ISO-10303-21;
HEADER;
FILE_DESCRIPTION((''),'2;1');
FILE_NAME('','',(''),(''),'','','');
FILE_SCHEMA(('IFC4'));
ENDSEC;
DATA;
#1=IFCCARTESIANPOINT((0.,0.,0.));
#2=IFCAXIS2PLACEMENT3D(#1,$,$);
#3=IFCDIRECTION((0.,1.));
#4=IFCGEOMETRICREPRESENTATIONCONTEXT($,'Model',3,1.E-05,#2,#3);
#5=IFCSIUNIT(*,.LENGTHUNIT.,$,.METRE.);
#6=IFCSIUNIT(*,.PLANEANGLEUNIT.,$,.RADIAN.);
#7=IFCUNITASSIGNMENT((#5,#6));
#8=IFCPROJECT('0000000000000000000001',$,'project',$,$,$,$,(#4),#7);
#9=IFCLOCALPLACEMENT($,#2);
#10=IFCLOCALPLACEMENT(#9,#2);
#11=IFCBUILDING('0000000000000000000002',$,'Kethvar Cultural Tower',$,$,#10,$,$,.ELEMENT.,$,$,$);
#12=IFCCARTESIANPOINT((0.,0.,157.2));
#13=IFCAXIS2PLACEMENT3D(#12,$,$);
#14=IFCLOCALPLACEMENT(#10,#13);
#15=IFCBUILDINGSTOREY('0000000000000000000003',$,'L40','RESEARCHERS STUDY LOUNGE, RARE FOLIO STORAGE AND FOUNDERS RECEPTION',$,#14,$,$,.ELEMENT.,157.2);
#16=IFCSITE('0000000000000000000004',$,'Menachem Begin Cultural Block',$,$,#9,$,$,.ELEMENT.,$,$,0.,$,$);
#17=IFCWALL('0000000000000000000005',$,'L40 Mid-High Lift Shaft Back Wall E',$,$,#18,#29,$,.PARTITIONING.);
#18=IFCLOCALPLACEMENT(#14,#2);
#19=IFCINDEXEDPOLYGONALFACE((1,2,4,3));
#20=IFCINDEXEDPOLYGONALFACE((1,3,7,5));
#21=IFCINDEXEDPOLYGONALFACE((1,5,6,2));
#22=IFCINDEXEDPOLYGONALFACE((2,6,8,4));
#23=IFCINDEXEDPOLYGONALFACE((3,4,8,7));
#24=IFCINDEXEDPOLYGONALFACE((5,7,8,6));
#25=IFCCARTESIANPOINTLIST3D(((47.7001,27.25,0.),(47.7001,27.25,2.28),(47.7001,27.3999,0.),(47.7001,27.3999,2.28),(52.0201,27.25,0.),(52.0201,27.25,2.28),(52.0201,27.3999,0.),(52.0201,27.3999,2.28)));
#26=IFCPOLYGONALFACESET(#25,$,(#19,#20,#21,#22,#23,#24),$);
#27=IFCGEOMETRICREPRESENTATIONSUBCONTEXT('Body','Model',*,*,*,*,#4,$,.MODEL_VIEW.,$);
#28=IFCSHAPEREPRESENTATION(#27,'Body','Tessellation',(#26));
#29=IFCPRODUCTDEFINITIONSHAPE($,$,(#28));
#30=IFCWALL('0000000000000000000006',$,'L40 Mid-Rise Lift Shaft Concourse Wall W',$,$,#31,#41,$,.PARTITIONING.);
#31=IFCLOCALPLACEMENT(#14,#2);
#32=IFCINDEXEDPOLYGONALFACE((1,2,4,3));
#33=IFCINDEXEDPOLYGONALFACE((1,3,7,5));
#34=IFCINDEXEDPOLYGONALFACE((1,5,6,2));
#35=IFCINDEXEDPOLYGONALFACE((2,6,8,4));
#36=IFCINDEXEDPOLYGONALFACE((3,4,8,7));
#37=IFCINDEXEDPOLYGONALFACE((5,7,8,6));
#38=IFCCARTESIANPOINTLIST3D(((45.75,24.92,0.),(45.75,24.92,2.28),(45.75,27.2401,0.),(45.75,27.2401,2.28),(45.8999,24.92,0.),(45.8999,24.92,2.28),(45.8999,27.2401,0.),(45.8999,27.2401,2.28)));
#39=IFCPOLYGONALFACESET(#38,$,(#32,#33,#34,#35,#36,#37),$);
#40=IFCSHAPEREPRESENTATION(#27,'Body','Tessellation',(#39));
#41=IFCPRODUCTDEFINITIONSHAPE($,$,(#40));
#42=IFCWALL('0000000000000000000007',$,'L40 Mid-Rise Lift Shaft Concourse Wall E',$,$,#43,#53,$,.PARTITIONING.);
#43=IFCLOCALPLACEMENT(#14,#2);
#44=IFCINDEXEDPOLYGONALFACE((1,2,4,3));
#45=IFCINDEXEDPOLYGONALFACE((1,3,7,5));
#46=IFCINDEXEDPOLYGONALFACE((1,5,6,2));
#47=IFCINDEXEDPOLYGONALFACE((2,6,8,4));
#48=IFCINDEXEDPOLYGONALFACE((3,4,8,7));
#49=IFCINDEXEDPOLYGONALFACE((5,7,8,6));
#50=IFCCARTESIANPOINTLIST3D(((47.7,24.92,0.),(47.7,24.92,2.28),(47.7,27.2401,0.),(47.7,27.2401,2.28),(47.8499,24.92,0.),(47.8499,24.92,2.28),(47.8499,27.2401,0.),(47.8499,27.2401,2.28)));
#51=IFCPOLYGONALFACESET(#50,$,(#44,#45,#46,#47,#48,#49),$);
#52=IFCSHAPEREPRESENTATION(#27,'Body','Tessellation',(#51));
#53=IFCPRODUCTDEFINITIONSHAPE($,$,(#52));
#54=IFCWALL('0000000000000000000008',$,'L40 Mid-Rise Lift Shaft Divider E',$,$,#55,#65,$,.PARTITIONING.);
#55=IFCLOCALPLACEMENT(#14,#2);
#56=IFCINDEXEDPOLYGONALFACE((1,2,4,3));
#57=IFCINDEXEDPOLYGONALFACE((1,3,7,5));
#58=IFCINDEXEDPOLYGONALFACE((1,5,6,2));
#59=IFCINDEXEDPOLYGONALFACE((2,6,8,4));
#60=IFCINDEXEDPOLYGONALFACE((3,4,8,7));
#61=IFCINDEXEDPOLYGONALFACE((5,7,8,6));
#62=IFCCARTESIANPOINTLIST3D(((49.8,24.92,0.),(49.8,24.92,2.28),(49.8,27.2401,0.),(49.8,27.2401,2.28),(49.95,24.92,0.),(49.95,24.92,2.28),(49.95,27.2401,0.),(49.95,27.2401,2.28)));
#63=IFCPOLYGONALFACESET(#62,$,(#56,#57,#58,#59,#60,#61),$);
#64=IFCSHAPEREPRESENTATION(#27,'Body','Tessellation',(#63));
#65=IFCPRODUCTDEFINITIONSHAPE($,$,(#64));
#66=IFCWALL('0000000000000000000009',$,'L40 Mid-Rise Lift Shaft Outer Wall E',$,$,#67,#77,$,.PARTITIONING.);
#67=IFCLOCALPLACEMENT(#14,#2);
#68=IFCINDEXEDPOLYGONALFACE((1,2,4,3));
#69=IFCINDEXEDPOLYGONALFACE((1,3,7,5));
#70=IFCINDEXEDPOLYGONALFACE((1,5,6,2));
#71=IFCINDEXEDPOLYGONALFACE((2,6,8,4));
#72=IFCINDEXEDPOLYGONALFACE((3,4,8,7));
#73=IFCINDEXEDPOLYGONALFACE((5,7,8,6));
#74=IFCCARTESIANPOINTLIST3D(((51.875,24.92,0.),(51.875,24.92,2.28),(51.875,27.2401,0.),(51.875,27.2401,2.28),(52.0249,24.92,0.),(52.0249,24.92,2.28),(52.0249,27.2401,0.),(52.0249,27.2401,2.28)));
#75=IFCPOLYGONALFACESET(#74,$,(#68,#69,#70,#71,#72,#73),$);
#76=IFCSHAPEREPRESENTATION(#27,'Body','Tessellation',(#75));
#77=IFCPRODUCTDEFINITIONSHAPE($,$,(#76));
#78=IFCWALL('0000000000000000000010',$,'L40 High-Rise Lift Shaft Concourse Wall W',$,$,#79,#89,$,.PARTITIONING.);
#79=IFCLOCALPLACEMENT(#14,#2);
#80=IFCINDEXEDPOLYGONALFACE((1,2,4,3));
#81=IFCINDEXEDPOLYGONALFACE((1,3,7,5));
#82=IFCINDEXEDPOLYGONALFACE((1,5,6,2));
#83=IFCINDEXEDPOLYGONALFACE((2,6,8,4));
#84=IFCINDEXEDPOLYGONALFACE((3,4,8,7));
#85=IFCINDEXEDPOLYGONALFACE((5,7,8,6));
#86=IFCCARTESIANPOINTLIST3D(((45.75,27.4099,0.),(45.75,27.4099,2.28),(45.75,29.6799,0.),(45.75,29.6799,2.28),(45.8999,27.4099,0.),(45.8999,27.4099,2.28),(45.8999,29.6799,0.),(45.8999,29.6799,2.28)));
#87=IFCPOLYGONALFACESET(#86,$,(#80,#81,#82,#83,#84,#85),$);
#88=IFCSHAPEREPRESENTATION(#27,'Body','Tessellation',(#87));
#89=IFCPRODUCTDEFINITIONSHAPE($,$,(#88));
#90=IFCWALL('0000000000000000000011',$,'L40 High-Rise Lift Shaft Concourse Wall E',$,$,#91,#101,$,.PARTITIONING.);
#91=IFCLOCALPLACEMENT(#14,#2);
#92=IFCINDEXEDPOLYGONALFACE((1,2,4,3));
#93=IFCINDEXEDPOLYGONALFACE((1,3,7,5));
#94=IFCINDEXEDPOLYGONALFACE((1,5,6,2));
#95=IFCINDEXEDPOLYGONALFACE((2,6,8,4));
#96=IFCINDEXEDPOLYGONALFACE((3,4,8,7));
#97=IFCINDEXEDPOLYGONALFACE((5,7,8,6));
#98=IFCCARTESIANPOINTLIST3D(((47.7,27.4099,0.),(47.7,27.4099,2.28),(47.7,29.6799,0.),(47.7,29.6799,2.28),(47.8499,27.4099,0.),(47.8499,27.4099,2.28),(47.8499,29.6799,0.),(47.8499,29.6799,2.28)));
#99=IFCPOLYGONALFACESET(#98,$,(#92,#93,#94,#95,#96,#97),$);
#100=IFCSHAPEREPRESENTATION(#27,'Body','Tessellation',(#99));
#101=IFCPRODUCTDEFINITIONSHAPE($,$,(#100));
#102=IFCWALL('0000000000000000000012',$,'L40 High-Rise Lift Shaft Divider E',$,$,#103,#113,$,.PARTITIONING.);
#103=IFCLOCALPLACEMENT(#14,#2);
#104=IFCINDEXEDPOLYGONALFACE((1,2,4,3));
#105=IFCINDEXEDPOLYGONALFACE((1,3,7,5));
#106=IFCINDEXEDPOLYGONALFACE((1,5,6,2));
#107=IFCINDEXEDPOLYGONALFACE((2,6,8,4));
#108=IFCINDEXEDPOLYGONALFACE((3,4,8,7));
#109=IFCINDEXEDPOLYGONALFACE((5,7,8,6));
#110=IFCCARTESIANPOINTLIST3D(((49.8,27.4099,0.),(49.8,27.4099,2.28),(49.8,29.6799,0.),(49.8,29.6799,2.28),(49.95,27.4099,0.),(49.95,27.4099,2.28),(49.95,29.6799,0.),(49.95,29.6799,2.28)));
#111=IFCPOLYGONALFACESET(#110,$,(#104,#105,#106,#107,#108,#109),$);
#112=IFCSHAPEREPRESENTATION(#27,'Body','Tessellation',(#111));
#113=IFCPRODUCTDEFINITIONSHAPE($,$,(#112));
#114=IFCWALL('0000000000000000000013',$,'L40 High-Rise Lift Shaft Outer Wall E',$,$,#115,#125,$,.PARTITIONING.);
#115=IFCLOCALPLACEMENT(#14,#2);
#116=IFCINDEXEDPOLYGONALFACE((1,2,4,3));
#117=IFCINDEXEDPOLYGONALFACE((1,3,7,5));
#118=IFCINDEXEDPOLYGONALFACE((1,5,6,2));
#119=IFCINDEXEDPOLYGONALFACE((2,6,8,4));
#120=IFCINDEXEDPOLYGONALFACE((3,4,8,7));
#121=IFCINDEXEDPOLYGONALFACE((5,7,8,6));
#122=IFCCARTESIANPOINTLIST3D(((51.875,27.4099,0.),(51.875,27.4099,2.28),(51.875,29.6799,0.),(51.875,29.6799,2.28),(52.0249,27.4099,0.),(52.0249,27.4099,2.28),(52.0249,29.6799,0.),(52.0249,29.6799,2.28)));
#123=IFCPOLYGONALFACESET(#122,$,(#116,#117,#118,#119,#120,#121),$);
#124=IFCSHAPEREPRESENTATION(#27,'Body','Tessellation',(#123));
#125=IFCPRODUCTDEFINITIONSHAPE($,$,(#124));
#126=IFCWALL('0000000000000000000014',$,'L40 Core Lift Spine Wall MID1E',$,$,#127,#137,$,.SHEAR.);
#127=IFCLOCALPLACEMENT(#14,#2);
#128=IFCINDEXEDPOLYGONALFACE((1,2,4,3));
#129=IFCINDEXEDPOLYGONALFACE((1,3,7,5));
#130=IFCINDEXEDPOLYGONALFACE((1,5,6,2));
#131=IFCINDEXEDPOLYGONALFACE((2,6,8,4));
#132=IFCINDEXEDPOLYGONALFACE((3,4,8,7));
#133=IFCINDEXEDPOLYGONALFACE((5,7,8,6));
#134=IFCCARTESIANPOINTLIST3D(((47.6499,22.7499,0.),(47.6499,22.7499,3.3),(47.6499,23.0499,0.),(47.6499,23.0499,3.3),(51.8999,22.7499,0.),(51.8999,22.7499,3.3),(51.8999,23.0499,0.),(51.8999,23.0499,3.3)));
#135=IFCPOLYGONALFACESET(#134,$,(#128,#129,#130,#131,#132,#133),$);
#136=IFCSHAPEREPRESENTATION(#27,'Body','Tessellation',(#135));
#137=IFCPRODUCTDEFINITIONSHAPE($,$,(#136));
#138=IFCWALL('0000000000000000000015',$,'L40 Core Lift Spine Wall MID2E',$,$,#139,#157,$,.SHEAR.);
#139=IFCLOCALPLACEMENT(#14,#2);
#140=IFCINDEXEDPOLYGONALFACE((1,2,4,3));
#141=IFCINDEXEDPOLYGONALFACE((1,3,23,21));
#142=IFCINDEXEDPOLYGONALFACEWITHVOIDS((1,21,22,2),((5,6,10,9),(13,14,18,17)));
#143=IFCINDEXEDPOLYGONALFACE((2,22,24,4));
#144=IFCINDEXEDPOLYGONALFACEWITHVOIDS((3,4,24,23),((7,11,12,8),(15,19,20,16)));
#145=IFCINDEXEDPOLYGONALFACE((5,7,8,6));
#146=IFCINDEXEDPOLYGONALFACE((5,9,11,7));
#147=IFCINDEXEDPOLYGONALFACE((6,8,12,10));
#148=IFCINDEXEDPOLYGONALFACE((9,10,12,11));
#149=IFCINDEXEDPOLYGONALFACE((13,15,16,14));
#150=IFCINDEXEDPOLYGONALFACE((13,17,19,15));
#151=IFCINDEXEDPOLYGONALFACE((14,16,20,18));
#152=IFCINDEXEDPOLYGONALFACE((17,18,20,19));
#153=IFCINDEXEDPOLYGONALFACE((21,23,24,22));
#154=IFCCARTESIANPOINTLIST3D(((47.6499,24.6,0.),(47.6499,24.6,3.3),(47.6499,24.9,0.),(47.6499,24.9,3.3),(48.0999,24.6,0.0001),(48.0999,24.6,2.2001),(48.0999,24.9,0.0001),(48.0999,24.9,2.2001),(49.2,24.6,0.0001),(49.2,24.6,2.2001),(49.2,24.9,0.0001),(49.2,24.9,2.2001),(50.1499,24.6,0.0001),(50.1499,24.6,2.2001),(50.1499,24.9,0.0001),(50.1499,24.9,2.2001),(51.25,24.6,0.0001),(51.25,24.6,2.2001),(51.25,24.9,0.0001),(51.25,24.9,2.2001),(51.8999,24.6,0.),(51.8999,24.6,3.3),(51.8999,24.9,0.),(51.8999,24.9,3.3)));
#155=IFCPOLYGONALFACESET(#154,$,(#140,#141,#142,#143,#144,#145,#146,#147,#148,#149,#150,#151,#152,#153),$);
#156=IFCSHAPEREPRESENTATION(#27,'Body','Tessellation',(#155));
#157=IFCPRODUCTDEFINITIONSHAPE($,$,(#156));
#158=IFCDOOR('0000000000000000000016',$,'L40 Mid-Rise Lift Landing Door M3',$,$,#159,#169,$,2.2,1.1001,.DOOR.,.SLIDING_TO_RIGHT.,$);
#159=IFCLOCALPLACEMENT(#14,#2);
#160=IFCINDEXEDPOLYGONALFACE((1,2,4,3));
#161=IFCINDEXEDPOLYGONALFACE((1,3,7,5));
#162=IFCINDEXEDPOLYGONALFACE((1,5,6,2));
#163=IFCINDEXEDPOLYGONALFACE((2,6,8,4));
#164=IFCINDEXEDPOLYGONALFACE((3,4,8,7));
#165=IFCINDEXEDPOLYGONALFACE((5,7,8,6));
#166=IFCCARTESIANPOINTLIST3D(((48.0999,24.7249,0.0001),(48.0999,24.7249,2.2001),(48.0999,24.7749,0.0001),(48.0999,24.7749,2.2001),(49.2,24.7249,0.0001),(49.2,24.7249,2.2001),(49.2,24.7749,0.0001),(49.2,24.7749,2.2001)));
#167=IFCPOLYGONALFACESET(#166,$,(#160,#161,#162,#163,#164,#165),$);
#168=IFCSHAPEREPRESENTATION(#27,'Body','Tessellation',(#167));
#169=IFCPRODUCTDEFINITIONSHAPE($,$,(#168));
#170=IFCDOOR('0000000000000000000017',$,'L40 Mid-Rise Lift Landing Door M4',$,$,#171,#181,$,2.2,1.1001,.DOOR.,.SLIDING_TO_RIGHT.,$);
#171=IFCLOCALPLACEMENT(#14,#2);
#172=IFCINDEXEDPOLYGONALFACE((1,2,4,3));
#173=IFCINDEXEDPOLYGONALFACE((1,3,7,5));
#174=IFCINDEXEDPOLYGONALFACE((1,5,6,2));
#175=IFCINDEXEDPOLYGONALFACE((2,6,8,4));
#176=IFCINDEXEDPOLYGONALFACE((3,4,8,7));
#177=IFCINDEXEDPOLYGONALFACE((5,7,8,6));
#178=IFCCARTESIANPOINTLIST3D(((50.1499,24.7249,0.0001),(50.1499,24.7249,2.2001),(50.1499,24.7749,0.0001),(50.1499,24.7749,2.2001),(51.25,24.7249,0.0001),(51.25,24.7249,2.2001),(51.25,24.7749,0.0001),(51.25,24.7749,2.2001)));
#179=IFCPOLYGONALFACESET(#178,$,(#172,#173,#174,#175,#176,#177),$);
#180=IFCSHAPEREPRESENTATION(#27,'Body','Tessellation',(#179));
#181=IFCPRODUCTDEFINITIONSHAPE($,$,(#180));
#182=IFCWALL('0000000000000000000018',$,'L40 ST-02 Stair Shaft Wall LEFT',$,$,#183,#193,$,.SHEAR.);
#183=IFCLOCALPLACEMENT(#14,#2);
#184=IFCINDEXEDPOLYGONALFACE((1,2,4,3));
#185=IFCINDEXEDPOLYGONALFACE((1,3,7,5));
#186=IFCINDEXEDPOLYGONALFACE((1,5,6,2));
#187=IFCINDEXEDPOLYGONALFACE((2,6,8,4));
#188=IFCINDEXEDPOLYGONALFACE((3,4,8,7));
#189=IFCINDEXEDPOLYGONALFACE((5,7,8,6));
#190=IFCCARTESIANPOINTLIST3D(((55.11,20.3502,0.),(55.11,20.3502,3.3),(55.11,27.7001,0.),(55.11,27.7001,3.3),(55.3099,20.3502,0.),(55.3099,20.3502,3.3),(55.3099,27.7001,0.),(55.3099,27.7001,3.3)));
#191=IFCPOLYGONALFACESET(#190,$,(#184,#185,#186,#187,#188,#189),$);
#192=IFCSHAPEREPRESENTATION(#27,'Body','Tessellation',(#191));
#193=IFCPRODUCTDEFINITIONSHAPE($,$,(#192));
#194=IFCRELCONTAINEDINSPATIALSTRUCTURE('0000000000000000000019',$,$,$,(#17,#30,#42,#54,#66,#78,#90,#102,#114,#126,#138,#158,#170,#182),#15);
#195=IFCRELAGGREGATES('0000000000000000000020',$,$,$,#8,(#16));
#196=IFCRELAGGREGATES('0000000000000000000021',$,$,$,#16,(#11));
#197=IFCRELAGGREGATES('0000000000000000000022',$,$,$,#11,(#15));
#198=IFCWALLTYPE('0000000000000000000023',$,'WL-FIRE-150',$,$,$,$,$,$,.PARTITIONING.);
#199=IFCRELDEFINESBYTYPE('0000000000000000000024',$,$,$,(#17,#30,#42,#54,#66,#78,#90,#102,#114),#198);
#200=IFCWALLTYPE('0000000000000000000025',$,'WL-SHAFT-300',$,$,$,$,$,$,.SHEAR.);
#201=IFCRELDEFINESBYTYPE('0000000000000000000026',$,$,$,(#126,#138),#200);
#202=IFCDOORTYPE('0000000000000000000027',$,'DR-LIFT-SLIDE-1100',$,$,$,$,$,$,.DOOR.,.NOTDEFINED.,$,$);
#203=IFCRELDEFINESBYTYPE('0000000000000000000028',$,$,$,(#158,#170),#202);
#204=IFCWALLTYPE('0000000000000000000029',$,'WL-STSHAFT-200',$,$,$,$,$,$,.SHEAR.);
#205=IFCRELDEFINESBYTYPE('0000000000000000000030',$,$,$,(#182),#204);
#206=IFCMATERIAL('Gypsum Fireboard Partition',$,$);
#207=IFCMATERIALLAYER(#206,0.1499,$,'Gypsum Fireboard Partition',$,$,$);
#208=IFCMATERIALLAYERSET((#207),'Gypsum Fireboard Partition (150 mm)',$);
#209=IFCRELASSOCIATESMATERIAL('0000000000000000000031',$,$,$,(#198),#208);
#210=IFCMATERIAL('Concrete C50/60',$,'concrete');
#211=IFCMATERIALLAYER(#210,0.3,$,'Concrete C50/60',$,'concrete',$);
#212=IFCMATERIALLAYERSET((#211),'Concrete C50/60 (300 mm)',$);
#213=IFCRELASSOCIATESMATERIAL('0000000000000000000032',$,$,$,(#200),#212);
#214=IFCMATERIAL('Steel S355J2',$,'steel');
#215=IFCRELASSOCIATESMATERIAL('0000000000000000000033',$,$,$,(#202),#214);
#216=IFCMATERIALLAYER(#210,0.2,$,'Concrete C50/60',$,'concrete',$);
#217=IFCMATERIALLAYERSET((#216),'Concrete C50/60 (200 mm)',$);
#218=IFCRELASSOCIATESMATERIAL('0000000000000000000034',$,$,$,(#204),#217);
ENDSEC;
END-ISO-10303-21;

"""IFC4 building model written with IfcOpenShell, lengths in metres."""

from ifc_helpers import new_model, si_unit, direction, frame, frame_2d, origin, place, context, subcontext, project, spatial, rectangle, extrude, source, transform, mapped, material, layer, layer_set, type_object, element, fill, save


model = new_model("IFC4")

# Units and contexts
model_context = context("Model", 3, precision=1e-05, world=origin(), true_north=direction((0.0, 1.0)))
body_context = subcontext(model_context, "Body", "Model", "MODEL_VIEW")
ifc_project = project(units=[si_unit("LENGTHUNIT", "METRE"), si_unit("PLANEANGLEUNIT", "RADIAN")], contexts=[model_context])

# Site, building, storey
site_placement = place(None, origin())
site = spatial("IfcSite", under=ifc_project, at=site_placement, Name="Menachem Begin Cultural Block", CompositionType="ELEMENT", RefElevation=0.0)
building_placement = place(site_placement, origin())
building = spatial("IfcBuilding", under=site, at=building_placement, Name="Kethvar Cultural Tower", CompositionType="ELEMENT")
storey_placement = place(building_placement, frame((0.0, 0.0, 157.2)))
storey = spatial("IfcBuildingStorey", under=building, at=storey_placement, Name="L40", Description="RESEARCHERS STUDY LOUNGE, RARE FOLIO STORAGE AND FOUNDERS RECEPTION", CompositionType="ELEMENT", Elevation=157.2)

# Shared definitions
ifc_material_1 = material(Name="Steel S355J2", Category="steel")

# Walls
ifc_material_2 = material(Name="Gypsum Fireboard Partition")
ifc_layer_1 = layer(ifc_material_2, 0.1499, Name="Gypsum Fireboard Partition")
ifc_layer_set_1 = layer_set([ifc_layer_1], Name="Gypsum Fireboard Partition (150 mm)")
wall_type_1 = type_object("IfcWallType", Name="WL-FIRE-150", PredefinedType="PARTITIONING", material=ifc_layer_set_1)
wall_1_placement = place(storey_placement, frame((47.7, 27.325, 0.0), z_axis=(0.0, 0.0, 1.0), x_axis=(1.0, 0.0, 0.0)))
element("IfcWall", 1, at=wall_1_placement, inside=storey, type_object=wall_type_1, Name="L40 Mid-High Lift Shaft Back Wall E", PredefinedType="PARTITIONING", context=body_context, shape_type="SweptSolid", body=[
    extrude(rectangle(XDim=4.3201, YDim=0.1499, at=frame_2d((2.1602, 0.0))), origin(), (0.0, 0.0, 1.0), 2.28),
])
for number, where, z_axis, x_axis, name in (
    (2, (45.825, 24.9199, 0.0), (0.0, 0.0, 1.0), (0.0, 1.0, 0.0), "L40 Mid-Rise Lift Shaft Concourse Wall W"),
    (3, (47.7749, 24.9199, 0.0), (0.0, 0.0, 1.0), (0.0, 1.0, 0.0), "L40 Mid-Rise Lift Shaft Concourse Wall E"),
    (4, (49.875, 24.9199, 0.0), (0.0, 0.0, 1.0), (0.0, 1.0, 0.0), "L40 Mid-Rise Lift Shaft Divider E"),
    (5, (51.95, 24.9199, 0.0), (0.0, 0.0, 1.0), (0.0, 1.0, 0.0), "L40 Mid-Rise Lift Shaft Outer Wall E"),
):
    element("IfcWall", number, at=place(storey_placement, frame(where, z_axis=z_axis, x_axis=x_axis)), inside=storey, type_object=wall_type_1, Name=name, PredefinedType="PARTITIONING", context=body_context, shape_type="SweptSolid", body=[
        extrude(rectangle(XDim=2.3201, YDim=0.1499, at=frame_2d((1.1602, 0.0))), origin(), (0.0, 0.0, 1.0), 2.28),
    ])
for number, where, z_axis, x_axis, name in (
    (6, (45.825, 27.4099, 0.0), (0.0, 0.0, 1.0), (0.0, 1.0, 0.0), "L40 High-Rise Lift Shaft Concourse Wall W"),
    (7, (47.7749, 27.4099, 0.0), (0.0, 0.0, 1.0), (0.0, 1.0, 0.0), "L40 High-Rise Lift Shaft Concourse Wall E"),
    (8, (49.875, 27.4099, 0.0), (0.0, 0.0, 1.0), (0.0, 1.0, 0.0), "L40 High-Rise Lift Shaft Divider E"),
    (9, (51.95, 27.4099, 0.0), (0.0, 0.0, 1.0), (0.0, 1.0, 0.0), "L40 High-Rise Lift Shaft Outer Wall E"),
):
    element("IfcWall", number, at=place(storey_placement, frame(where, z_axis=z_axis, x_axis=x_axis)), inside=storey, type_object=wall_type_1, Name=name, PredefinedType="PARTITIONING", context=body_context, shape_type="SweptSolid", body=[
        extrude(rectangle(XDim=2.27, YDim=0.1499, at=frame_2d((1.135, 0.0))), origin(), (0.0, 0.0, 1.0), 2.28),
    ])
ifc_material_3 = material(Name="Concrete C50/60", Category="concrete")
ifc_layer_2 = layer(ifc_material_3, 0.3, Name="Concrete C50/60", Category="concrete")
ifc_layer_set_2 = layer_set([ifc_layer_2], Name="Concrete C50/60 (300 mm)")
wall_type_2 = type_object("IfcWallType", Name="WL-SHAFT-300", PredefinedType="SHEAR", material=ifc_layer_set_2)
wall_2_placement = place(storey_placement, frame((47.6499, 22.8999, 0.0), z_axis=(0.0, 0.0, 1.0), x_axis=(1.0, 0.0, 0.0)))
element("IfcWall", 10, at=wall_2_placement, inside=storey, type_object=wall_type_2, Name="L40 Core Lift Spine Wall MID1E", PredefinedType="SHEAR", context=body_context, shape_type="SweptSolid", body=[
    extrude(rectangle(XDim=4.25, YDim=0.3, at=frame_2d((2.125, 0.0))), origin(), (0.0, 0.0, 1.0), 3.3),
])

# Wall, openings, doors
wall_3_placement = place(storey_placement, frame((47.6499, 24.75, 0.0), z_axis=(0.0, 0.0, 1.0), x_axis=(1.0, 0.0, 0.0)))
wall_3 = element("IfcWall", 11, at=wall_3_placement, inside=storey, type_object=wall_type_2, Name="L40 Core Lift Spine Wall MID2E", PredefinedType="SHEAR", context=body_context, shape_type="SweptSolid", body=[
    extrude(rectangle(XDim=4.25, YDim=0.3, at=frame_2d((2.125, 0.0))), origin(), (0.0, 0.0, 1.0), 3.3),
])
opening_1_placement = place(wall_3_placement, frame((0.45, 0.0, 0.0)))
opening_1 = element("IfcOpeningElement", 12, at=opening_1_placement, cuts=wall_3, PredefinedType="OPENING", context=body_context, shape_type="SweptSolid", body=[
    extrude(rectangle(XDim=1.1001, YDim=2.2, at=frame_2d((0.55, 1.1001))), frame((0.0, 0.1599, 0.0), z_axis=(0.0, -1.0, 0.0), x_axis=(1.0, 0.0, 0.0)), (0.0, 0.0, 1.0), 0.3201),
])
opening_2_placement = place(wall_3_placement, frame((2.5, 0.0, 0.0)))
opening_2 = element("IfcOpeningElement", 13, at=opening_2_placement, cuts=wall_3, PredefinedType="OPENING", context=body_context, shape_type="SweptSolid", body=[
    extrude(rectangle(XDim=1.1001, YDim=2.2, at=frame_2d((0.55, 1.1001))), frame((0.0, 0.1599, 0.0), z_axis=(0.0, -1.0, 0.0), x_axis=(1.0, 0.0, 0.0)), (0.0, 0.0, 1.0), 0.3201),
])
door_type = type_object("IfcDoorType", Name="DR-LIFT-SLIDE-1100", OperationType="NOTDEFINED", PredefinedType="DOOR", material=ifc_material_1)
shared_shape_1 = source(origin(), body_context, "Body", "SweptSolid", [
    extrude(rectangle(XDim=1.1001, YDim=2.2, at=frame_2d((0.55, 1.1001))), frame((0.0, 0.0249, 0.0), z_axis=(0.0, -1.0, 0.0), x_axis=(1.0, 0.0, 0.0)), (0.0, 0.0, 1.0), 0.05),
])
door_1_placement = place(opening_1_placement, origin())
door_1 = element("IfcDoor", 14, at=door_1_placement, inside=storey, type_object=door_type, Name="L40 Mid-Rise Lift Landing Door M3", OperationType="SLIDING_TO_RIGHT", OverallHeight=2.2, OverallWidth=1.1001, PredefinedType="DOOR", context=body_context, shape_type="MappedRepresentation", body=[
    mapped(shared_shape_1, transform((0.0, 0.0, 0.0), scale=1.0)),
])
fill(opening_1, door_1)
door_2_placement = place(opening_2_placement, origin())
door_2 = element("IfcDoor", 15, at=door_2_placement, inside=storey, type_object=door_type, Name="L40 Mid-Rise Lift Landing Door M4", OperationType="SLIDING_TO_RIGHT", OverallHeight=2.2, OverallWidth=1.1001, PredefinedType="DOOR", context=body_context, shape_type="MappedRepresentation", body=[
    mapped(shared_shape_1, transform((0.0, 0.0, 0.0), scale=1.0)),
])
fill(opening_2, door_2)

# Wall
ifc_layer_3 = layer(ifc_material_3, 0.2, Name="Concrete C50/60", Category="concrete")
ifc_layer_set_3 = layer_set([ifc_layer_3], Name="Concrete C50/60 (200 mm)")
wall_type_3 = type_object("IfcWallType", Name="WL-STSHAFT-200", PredefinedType="SHEAR", material=ifc_layer_set_3)
wall_4_placement = place(storey_placement, frame((55.21, 27.7, 0.0), z_axis=(0.0, 0.0, 1.0), x_axis=(0.0, -1.0, 0.0)))
element("IfcWall", 16, at=wall_4_placement, inside=storey, type_object=wall_type_3, Name="L40 ST-02 Stair Shaft Wall LEFT", PredefinedType="SHEAR", context=body_context, shape_type="SweptSolid", body=[
    extrude(rectangle(XDim=7.3499, YDim=0.2, at=frame_2d((3.6748, 0.0))), origin(), (0.0, 0.0, 1.0), 3.3),
])

save(model, "model.ifc")
